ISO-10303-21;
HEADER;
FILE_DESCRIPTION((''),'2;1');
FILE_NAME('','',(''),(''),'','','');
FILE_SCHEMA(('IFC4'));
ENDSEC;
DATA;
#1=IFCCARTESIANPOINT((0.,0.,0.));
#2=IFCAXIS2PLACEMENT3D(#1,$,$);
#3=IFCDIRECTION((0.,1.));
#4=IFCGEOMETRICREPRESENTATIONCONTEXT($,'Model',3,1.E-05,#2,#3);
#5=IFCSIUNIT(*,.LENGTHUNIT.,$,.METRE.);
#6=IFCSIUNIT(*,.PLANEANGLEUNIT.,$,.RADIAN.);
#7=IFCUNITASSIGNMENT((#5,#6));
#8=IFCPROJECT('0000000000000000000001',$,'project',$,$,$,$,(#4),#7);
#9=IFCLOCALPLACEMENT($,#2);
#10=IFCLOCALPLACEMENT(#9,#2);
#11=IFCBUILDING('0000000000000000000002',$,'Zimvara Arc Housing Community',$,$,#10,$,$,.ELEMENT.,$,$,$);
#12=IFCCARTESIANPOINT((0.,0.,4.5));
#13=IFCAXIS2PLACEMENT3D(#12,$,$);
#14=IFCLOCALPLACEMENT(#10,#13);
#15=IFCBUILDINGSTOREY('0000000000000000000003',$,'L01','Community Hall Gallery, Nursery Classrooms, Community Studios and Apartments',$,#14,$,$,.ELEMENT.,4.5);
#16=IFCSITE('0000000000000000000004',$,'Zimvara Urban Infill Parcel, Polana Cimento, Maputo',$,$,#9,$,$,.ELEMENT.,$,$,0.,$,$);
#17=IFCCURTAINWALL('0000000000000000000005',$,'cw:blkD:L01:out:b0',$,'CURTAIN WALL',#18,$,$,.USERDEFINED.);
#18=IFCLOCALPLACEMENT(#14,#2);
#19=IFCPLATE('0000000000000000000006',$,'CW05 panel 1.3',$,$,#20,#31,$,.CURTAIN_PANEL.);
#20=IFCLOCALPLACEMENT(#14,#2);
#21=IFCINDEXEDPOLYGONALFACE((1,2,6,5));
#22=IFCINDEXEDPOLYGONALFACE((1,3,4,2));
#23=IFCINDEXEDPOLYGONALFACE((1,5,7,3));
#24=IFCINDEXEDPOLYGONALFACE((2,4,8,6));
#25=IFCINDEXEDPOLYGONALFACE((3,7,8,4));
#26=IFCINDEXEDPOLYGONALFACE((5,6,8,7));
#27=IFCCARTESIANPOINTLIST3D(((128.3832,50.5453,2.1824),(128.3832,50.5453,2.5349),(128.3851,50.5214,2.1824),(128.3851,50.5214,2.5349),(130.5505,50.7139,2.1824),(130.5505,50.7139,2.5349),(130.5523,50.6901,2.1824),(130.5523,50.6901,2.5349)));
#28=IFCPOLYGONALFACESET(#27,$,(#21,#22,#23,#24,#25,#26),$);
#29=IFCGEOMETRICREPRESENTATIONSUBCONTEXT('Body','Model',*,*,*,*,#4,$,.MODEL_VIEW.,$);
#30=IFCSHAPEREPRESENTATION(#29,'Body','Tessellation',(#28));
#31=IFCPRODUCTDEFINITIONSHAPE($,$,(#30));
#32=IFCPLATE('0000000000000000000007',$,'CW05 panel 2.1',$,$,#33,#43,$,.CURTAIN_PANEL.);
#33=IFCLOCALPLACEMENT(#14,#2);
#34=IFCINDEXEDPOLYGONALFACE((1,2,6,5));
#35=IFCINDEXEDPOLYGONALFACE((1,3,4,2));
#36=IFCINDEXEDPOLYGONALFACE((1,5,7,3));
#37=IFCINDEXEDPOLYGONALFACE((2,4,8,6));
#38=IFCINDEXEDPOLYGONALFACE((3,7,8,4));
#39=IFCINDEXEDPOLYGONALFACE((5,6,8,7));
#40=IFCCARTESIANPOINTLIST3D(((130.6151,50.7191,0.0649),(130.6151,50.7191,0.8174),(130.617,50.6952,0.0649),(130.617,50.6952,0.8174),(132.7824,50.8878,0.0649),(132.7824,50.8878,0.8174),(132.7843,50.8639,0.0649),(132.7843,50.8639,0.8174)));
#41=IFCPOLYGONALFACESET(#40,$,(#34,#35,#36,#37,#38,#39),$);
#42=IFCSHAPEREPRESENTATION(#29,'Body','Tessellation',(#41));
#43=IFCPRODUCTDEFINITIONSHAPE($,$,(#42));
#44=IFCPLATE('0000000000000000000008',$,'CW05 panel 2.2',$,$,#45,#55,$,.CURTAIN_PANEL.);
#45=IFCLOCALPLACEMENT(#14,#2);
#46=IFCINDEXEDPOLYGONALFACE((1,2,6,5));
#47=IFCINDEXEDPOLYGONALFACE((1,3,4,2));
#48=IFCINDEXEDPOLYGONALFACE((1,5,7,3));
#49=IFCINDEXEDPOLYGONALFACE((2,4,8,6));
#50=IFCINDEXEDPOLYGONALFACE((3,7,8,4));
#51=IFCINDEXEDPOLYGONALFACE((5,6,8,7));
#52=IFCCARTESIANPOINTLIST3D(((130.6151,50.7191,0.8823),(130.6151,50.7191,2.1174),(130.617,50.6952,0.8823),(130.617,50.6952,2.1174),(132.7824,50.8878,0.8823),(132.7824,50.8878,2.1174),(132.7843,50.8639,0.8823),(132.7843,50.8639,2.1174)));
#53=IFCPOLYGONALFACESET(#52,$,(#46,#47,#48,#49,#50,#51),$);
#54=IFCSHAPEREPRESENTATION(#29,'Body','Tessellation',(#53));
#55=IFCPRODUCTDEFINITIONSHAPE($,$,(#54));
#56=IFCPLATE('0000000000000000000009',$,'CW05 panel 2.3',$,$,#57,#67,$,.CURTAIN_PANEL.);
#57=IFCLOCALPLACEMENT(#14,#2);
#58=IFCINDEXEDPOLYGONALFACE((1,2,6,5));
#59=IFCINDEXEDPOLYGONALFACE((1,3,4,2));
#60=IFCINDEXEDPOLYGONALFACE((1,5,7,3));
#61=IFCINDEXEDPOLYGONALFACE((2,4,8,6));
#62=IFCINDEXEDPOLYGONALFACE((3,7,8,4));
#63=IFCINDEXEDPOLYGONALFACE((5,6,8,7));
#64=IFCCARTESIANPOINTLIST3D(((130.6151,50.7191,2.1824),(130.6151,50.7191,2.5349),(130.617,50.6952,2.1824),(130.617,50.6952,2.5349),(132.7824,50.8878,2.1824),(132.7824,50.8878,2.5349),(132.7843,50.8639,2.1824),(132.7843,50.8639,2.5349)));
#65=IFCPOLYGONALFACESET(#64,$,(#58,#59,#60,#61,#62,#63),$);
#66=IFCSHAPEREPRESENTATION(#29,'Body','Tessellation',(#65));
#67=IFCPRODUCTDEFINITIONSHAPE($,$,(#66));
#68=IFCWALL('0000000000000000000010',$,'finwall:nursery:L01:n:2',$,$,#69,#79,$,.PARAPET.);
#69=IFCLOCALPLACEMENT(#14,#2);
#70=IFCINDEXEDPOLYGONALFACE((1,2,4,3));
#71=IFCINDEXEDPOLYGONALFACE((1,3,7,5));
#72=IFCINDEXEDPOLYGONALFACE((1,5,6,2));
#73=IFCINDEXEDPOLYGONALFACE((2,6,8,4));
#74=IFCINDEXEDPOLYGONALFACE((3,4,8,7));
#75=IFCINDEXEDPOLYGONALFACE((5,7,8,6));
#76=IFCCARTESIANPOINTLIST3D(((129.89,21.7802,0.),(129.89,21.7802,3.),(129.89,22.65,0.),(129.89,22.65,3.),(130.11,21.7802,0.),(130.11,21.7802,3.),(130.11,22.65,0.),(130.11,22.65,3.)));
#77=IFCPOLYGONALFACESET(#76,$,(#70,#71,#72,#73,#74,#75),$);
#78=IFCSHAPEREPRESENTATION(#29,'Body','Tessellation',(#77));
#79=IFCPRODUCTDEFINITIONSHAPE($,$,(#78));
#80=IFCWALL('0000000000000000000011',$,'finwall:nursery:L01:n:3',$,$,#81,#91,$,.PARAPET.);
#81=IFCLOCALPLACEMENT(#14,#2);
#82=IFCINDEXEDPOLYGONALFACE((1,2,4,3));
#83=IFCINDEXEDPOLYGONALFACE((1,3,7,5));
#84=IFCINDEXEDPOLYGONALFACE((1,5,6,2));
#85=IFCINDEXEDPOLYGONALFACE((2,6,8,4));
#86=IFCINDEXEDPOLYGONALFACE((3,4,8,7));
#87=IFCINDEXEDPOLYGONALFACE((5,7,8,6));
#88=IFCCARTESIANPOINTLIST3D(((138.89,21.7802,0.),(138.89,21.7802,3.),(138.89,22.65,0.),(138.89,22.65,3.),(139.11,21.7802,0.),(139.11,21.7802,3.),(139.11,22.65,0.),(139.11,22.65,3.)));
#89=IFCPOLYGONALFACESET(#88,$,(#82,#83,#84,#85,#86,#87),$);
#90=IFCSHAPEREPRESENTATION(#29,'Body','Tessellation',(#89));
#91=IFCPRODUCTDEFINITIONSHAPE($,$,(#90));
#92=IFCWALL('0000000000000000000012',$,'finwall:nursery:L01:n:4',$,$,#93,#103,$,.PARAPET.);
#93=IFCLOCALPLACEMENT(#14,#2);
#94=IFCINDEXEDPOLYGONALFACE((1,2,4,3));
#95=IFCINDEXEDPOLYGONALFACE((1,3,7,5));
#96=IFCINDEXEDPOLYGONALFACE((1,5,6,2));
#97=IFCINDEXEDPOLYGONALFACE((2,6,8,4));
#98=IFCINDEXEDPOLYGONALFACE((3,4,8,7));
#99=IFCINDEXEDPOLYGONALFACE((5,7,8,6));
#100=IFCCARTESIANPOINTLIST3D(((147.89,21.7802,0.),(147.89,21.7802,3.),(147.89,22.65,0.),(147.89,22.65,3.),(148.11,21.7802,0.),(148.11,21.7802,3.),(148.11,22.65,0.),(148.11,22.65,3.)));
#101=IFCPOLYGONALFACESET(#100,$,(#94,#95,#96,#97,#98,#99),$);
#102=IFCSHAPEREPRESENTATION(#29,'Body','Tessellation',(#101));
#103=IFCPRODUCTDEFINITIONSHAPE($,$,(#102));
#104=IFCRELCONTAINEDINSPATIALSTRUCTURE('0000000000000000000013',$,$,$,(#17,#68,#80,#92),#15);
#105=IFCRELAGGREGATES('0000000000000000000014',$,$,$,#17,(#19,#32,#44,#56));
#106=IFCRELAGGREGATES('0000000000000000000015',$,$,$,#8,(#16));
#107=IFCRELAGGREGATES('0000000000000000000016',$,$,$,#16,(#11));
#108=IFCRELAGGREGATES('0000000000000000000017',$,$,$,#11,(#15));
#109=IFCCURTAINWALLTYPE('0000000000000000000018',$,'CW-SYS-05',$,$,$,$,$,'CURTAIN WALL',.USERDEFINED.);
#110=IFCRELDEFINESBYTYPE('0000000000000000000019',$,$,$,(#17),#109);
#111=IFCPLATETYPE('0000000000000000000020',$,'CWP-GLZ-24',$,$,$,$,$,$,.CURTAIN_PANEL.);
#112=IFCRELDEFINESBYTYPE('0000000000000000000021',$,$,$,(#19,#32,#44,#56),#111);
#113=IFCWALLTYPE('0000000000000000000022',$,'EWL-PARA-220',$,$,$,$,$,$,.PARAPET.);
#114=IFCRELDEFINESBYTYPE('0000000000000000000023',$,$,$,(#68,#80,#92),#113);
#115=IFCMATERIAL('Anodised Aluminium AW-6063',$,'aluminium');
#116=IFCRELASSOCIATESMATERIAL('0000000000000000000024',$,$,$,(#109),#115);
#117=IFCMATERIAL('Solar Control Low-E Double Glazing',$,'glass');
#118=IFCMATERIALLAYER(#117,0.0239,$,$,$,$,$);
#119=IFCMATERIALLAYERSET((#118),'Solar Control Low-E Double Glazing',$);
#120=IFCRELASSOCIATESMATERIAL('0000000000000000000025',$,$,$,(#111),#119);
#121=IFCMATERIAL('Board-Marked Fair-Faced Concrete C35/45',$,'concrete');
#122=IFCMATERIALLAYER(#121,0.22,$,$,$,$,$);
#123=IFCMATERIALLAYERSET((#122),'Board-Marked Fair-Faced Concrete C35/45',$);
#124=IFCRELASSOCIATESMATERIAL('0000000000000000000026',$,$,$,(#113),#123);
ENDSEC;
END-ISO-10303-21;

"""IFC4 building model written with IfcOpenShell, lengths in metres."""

from ifc_helpers import new_model, si_unit, direction, frame, frame_2d, origin, origin_2d, place, context, subcontext, project, spatial, rectangle, extrude, material, layer, layer_set, type_object, element, aggregate, save


model = new_model("IFC4")

# Units and contexts
model_context = context("Model", 3, precision=1e-05, world=origin(), true_north=direction((0.0, 1.0)))
body_context = subcontext(model_context, "Body", "Model", "MODEL_VIEW")
ifc_project = project(units=[si_unit("LENGTHUNIT", "METRE"), si_unit("PLANEANGLEUNIT", "RADIAN")], contexts=[model_context])

# Site, building, storey
site_placement = place(None, origin())
site = spatial("IfcSite", under=ifc_project, at=site_placement, Name="Zimvara Urban Infill Parcel, Polana Cimento, Maputo", CompositionType="ELEMENT", RefElevation=0.0)
building_placement = place(site_placement, origin())
building = spatial("IfcBuilding", under=site, at=building_placement, Name="Zimvara Arc Housing Community", CompositionType="ELEMENT")
storey_placement = place(building_placement, frame((0.0, 0.0, 4.5)))
storey = spatial("IfcBuildingStorey", under=building, at=storey_placement, Name="L01", Description="Community Hall Gallery, Nursery Classrooms, Community Studios and Apartments", CompositionType="ELEMENT", Elevation=4.5)

# Curtain wall, plates
ifc_material_1 = material(Name="Anodised Aluminium AW-6063", Category="aluminium")
curtain_wall_type_1 = type_object("IfcCurtainWallType", Name="CW-SYS-05", ElementType="CURTAIN WALL", PredefinedType="USERDEFINED", material=ifc_material_1)
curtain_wall_1_placement = place(storey_placement, origin())
curtain_wall_1 = element("IfcCurtainWall", 1, at=curtain_wall_1_placement, inside=storey, type_object=curtain_wall_type_1, Name="cw:blkD:L01:out:b0", ObjectType="CURTAIN WALL", PredefinedType="USERDEFINED")
ifc_material_2 = material(Name="Solar Control Low-E Double Glazing", Category="glass")
ifc_layer_1 = layer(ifc_material_2, 0.0239)
ifc_layer_set_1 = layer_set([ifc_layer_1], Name="Solar Control Low-E Double Glazing")
plate_type = type_object("IfcPlateType", Name="CWP-GLZ-24", PredefinedType="CURTAIN_PANEL", material=ifc_layer_set_1)
plate_1_placement = place(storey_placement, frame((129.4678, 50.6177, 2.1824), z_axis=(0.0, 0.0, 1.0), x_axis=(0.996985, 0.07759, 0.0)))
plate_1 = element("IfcPlate", 2, at=plate_1_placement, type_object=plate_type, Name="CW05 panel 1.3", PredefinedType="CURTAIN_PANEL", context=body_context, shape_type="SweptSolid", body=[
    extrude(rectangle(XDim=2.1738, YDim=0.0239, at=origin_2d()), origin(), (0.0, 0.0, 1.0), 0.3525),
])
plate_2_placement = place(storey_placement, frame((131.6997, 50.7915, 0.0649), z_axis=(0.0, 0.0, 1.0), x_axis=(0.996985, 0.07759, 0.0)))
plate_2 = element("IfcPlate", 3, at=plate_2_placement, type_object=plate_type, Name="CW05 panel 2.1", PredefinedType="CURTAIN_PANEL", context=body_context, shape_type="SweptSolid", body=[
    extrude(rectangle(XDim=2.1738, YDim=0.0239, at=origin_2d()), origin(), (0.0, 0.0, 1.0), 0.7524),
])
plate_3_placement = place(storey_placement, frame((131.6997, 50.7915, 0.8823), z_axis=(0.0, 0.0, 1.0), x_axis=(0.996985, 0.07759, 0.0)))
plate_3 = element("IfcPlate", 4, at=plate_3_placement, type_object=plate_type, Name="CW05 panel 2.2", PredefinedType="CURTAIN_PANEL", context=body_context, shape_type="SweptSolid", body=[
    extrude(rectangle(XDim=2.1738, YDim=0.0239, at=origin_2d()), origin(), (0.0, 0.0, 1.0), 1.2351),
])
plate_4_placement = place(storey_placement, frame((131.6997, 50.7915, 2.1824), z_axis=(0.0, 0.0, 1.0), x_axis=(0.996985, 0.07759, 0.0)))
plate_4 = element("IfcPlate", 5, at=plate_4_placement, type_object=plate_type, Name="CW05 panel 2.3", PredefinedType="CURTAIN_PANEL", context=body_context, shape_type="SweptSolid", body=[
    extrude(rectangle(XDim=2.1738, YDim=0.0239, at=origin_2d()), origin(), (0.0, 0.0, 1.0), 0.3525),
])
aggregate(curtain_wall_1, [plate_1, plate_2, plate_3, plate_4])

# Walls
ifc_material_3 = material(Name="Board-Marked Fair-Faced Concrete C35/45", Category="concrete")
ifc_layer_2 = layer(ifc_material_3, 0.22)
ifc_layer_set_2 = layer_set([ifc_layer_2], Name="Board-Marked Fair-Faced Concrete C35/45")
wall_type = type_object("IfcWallType", Name="EWL-PARA-220", PredefinedType="PARAPET", material=ifc_layer_set_2)
for number, where, z_axis, x_axis, name in (
    (6, (130.0, 21.78, 0.0), (0.0, 0.0, 1.0), (0.0, 1.0, 0.0), "finwall:nursery:L01:n:2"),
    (7, (139.0, 21.78, 0.0), (0.0, 0.0, 1.0), (0.0, 1.0, 0.0), "finwall:nursery:L01:n:3"),
    (8, (148.0, 21.78, 0.0), (0.0, 0.0, 1.0), (0.0, 1.0, 0.0), "finwall:nursery:L01:n:4"),
):
    element("IfcWall", number, at=place(storey_placement, frame(where, z_axis=z_axis, x_axis=x_axis)), inside=storey, type_object=wall_type, Name=name, PredefinedType="PARAPET", context=body_context, shape_type="SweptSolid", body=[
        extrude(rectangle(XDim=0.8699, YDim=0.22, at=frame_2d((0.4351, 0.0))), origin(), (0.0, 0.0, 1.0), 3.0),
    ])

save(model, "model.ifc")
